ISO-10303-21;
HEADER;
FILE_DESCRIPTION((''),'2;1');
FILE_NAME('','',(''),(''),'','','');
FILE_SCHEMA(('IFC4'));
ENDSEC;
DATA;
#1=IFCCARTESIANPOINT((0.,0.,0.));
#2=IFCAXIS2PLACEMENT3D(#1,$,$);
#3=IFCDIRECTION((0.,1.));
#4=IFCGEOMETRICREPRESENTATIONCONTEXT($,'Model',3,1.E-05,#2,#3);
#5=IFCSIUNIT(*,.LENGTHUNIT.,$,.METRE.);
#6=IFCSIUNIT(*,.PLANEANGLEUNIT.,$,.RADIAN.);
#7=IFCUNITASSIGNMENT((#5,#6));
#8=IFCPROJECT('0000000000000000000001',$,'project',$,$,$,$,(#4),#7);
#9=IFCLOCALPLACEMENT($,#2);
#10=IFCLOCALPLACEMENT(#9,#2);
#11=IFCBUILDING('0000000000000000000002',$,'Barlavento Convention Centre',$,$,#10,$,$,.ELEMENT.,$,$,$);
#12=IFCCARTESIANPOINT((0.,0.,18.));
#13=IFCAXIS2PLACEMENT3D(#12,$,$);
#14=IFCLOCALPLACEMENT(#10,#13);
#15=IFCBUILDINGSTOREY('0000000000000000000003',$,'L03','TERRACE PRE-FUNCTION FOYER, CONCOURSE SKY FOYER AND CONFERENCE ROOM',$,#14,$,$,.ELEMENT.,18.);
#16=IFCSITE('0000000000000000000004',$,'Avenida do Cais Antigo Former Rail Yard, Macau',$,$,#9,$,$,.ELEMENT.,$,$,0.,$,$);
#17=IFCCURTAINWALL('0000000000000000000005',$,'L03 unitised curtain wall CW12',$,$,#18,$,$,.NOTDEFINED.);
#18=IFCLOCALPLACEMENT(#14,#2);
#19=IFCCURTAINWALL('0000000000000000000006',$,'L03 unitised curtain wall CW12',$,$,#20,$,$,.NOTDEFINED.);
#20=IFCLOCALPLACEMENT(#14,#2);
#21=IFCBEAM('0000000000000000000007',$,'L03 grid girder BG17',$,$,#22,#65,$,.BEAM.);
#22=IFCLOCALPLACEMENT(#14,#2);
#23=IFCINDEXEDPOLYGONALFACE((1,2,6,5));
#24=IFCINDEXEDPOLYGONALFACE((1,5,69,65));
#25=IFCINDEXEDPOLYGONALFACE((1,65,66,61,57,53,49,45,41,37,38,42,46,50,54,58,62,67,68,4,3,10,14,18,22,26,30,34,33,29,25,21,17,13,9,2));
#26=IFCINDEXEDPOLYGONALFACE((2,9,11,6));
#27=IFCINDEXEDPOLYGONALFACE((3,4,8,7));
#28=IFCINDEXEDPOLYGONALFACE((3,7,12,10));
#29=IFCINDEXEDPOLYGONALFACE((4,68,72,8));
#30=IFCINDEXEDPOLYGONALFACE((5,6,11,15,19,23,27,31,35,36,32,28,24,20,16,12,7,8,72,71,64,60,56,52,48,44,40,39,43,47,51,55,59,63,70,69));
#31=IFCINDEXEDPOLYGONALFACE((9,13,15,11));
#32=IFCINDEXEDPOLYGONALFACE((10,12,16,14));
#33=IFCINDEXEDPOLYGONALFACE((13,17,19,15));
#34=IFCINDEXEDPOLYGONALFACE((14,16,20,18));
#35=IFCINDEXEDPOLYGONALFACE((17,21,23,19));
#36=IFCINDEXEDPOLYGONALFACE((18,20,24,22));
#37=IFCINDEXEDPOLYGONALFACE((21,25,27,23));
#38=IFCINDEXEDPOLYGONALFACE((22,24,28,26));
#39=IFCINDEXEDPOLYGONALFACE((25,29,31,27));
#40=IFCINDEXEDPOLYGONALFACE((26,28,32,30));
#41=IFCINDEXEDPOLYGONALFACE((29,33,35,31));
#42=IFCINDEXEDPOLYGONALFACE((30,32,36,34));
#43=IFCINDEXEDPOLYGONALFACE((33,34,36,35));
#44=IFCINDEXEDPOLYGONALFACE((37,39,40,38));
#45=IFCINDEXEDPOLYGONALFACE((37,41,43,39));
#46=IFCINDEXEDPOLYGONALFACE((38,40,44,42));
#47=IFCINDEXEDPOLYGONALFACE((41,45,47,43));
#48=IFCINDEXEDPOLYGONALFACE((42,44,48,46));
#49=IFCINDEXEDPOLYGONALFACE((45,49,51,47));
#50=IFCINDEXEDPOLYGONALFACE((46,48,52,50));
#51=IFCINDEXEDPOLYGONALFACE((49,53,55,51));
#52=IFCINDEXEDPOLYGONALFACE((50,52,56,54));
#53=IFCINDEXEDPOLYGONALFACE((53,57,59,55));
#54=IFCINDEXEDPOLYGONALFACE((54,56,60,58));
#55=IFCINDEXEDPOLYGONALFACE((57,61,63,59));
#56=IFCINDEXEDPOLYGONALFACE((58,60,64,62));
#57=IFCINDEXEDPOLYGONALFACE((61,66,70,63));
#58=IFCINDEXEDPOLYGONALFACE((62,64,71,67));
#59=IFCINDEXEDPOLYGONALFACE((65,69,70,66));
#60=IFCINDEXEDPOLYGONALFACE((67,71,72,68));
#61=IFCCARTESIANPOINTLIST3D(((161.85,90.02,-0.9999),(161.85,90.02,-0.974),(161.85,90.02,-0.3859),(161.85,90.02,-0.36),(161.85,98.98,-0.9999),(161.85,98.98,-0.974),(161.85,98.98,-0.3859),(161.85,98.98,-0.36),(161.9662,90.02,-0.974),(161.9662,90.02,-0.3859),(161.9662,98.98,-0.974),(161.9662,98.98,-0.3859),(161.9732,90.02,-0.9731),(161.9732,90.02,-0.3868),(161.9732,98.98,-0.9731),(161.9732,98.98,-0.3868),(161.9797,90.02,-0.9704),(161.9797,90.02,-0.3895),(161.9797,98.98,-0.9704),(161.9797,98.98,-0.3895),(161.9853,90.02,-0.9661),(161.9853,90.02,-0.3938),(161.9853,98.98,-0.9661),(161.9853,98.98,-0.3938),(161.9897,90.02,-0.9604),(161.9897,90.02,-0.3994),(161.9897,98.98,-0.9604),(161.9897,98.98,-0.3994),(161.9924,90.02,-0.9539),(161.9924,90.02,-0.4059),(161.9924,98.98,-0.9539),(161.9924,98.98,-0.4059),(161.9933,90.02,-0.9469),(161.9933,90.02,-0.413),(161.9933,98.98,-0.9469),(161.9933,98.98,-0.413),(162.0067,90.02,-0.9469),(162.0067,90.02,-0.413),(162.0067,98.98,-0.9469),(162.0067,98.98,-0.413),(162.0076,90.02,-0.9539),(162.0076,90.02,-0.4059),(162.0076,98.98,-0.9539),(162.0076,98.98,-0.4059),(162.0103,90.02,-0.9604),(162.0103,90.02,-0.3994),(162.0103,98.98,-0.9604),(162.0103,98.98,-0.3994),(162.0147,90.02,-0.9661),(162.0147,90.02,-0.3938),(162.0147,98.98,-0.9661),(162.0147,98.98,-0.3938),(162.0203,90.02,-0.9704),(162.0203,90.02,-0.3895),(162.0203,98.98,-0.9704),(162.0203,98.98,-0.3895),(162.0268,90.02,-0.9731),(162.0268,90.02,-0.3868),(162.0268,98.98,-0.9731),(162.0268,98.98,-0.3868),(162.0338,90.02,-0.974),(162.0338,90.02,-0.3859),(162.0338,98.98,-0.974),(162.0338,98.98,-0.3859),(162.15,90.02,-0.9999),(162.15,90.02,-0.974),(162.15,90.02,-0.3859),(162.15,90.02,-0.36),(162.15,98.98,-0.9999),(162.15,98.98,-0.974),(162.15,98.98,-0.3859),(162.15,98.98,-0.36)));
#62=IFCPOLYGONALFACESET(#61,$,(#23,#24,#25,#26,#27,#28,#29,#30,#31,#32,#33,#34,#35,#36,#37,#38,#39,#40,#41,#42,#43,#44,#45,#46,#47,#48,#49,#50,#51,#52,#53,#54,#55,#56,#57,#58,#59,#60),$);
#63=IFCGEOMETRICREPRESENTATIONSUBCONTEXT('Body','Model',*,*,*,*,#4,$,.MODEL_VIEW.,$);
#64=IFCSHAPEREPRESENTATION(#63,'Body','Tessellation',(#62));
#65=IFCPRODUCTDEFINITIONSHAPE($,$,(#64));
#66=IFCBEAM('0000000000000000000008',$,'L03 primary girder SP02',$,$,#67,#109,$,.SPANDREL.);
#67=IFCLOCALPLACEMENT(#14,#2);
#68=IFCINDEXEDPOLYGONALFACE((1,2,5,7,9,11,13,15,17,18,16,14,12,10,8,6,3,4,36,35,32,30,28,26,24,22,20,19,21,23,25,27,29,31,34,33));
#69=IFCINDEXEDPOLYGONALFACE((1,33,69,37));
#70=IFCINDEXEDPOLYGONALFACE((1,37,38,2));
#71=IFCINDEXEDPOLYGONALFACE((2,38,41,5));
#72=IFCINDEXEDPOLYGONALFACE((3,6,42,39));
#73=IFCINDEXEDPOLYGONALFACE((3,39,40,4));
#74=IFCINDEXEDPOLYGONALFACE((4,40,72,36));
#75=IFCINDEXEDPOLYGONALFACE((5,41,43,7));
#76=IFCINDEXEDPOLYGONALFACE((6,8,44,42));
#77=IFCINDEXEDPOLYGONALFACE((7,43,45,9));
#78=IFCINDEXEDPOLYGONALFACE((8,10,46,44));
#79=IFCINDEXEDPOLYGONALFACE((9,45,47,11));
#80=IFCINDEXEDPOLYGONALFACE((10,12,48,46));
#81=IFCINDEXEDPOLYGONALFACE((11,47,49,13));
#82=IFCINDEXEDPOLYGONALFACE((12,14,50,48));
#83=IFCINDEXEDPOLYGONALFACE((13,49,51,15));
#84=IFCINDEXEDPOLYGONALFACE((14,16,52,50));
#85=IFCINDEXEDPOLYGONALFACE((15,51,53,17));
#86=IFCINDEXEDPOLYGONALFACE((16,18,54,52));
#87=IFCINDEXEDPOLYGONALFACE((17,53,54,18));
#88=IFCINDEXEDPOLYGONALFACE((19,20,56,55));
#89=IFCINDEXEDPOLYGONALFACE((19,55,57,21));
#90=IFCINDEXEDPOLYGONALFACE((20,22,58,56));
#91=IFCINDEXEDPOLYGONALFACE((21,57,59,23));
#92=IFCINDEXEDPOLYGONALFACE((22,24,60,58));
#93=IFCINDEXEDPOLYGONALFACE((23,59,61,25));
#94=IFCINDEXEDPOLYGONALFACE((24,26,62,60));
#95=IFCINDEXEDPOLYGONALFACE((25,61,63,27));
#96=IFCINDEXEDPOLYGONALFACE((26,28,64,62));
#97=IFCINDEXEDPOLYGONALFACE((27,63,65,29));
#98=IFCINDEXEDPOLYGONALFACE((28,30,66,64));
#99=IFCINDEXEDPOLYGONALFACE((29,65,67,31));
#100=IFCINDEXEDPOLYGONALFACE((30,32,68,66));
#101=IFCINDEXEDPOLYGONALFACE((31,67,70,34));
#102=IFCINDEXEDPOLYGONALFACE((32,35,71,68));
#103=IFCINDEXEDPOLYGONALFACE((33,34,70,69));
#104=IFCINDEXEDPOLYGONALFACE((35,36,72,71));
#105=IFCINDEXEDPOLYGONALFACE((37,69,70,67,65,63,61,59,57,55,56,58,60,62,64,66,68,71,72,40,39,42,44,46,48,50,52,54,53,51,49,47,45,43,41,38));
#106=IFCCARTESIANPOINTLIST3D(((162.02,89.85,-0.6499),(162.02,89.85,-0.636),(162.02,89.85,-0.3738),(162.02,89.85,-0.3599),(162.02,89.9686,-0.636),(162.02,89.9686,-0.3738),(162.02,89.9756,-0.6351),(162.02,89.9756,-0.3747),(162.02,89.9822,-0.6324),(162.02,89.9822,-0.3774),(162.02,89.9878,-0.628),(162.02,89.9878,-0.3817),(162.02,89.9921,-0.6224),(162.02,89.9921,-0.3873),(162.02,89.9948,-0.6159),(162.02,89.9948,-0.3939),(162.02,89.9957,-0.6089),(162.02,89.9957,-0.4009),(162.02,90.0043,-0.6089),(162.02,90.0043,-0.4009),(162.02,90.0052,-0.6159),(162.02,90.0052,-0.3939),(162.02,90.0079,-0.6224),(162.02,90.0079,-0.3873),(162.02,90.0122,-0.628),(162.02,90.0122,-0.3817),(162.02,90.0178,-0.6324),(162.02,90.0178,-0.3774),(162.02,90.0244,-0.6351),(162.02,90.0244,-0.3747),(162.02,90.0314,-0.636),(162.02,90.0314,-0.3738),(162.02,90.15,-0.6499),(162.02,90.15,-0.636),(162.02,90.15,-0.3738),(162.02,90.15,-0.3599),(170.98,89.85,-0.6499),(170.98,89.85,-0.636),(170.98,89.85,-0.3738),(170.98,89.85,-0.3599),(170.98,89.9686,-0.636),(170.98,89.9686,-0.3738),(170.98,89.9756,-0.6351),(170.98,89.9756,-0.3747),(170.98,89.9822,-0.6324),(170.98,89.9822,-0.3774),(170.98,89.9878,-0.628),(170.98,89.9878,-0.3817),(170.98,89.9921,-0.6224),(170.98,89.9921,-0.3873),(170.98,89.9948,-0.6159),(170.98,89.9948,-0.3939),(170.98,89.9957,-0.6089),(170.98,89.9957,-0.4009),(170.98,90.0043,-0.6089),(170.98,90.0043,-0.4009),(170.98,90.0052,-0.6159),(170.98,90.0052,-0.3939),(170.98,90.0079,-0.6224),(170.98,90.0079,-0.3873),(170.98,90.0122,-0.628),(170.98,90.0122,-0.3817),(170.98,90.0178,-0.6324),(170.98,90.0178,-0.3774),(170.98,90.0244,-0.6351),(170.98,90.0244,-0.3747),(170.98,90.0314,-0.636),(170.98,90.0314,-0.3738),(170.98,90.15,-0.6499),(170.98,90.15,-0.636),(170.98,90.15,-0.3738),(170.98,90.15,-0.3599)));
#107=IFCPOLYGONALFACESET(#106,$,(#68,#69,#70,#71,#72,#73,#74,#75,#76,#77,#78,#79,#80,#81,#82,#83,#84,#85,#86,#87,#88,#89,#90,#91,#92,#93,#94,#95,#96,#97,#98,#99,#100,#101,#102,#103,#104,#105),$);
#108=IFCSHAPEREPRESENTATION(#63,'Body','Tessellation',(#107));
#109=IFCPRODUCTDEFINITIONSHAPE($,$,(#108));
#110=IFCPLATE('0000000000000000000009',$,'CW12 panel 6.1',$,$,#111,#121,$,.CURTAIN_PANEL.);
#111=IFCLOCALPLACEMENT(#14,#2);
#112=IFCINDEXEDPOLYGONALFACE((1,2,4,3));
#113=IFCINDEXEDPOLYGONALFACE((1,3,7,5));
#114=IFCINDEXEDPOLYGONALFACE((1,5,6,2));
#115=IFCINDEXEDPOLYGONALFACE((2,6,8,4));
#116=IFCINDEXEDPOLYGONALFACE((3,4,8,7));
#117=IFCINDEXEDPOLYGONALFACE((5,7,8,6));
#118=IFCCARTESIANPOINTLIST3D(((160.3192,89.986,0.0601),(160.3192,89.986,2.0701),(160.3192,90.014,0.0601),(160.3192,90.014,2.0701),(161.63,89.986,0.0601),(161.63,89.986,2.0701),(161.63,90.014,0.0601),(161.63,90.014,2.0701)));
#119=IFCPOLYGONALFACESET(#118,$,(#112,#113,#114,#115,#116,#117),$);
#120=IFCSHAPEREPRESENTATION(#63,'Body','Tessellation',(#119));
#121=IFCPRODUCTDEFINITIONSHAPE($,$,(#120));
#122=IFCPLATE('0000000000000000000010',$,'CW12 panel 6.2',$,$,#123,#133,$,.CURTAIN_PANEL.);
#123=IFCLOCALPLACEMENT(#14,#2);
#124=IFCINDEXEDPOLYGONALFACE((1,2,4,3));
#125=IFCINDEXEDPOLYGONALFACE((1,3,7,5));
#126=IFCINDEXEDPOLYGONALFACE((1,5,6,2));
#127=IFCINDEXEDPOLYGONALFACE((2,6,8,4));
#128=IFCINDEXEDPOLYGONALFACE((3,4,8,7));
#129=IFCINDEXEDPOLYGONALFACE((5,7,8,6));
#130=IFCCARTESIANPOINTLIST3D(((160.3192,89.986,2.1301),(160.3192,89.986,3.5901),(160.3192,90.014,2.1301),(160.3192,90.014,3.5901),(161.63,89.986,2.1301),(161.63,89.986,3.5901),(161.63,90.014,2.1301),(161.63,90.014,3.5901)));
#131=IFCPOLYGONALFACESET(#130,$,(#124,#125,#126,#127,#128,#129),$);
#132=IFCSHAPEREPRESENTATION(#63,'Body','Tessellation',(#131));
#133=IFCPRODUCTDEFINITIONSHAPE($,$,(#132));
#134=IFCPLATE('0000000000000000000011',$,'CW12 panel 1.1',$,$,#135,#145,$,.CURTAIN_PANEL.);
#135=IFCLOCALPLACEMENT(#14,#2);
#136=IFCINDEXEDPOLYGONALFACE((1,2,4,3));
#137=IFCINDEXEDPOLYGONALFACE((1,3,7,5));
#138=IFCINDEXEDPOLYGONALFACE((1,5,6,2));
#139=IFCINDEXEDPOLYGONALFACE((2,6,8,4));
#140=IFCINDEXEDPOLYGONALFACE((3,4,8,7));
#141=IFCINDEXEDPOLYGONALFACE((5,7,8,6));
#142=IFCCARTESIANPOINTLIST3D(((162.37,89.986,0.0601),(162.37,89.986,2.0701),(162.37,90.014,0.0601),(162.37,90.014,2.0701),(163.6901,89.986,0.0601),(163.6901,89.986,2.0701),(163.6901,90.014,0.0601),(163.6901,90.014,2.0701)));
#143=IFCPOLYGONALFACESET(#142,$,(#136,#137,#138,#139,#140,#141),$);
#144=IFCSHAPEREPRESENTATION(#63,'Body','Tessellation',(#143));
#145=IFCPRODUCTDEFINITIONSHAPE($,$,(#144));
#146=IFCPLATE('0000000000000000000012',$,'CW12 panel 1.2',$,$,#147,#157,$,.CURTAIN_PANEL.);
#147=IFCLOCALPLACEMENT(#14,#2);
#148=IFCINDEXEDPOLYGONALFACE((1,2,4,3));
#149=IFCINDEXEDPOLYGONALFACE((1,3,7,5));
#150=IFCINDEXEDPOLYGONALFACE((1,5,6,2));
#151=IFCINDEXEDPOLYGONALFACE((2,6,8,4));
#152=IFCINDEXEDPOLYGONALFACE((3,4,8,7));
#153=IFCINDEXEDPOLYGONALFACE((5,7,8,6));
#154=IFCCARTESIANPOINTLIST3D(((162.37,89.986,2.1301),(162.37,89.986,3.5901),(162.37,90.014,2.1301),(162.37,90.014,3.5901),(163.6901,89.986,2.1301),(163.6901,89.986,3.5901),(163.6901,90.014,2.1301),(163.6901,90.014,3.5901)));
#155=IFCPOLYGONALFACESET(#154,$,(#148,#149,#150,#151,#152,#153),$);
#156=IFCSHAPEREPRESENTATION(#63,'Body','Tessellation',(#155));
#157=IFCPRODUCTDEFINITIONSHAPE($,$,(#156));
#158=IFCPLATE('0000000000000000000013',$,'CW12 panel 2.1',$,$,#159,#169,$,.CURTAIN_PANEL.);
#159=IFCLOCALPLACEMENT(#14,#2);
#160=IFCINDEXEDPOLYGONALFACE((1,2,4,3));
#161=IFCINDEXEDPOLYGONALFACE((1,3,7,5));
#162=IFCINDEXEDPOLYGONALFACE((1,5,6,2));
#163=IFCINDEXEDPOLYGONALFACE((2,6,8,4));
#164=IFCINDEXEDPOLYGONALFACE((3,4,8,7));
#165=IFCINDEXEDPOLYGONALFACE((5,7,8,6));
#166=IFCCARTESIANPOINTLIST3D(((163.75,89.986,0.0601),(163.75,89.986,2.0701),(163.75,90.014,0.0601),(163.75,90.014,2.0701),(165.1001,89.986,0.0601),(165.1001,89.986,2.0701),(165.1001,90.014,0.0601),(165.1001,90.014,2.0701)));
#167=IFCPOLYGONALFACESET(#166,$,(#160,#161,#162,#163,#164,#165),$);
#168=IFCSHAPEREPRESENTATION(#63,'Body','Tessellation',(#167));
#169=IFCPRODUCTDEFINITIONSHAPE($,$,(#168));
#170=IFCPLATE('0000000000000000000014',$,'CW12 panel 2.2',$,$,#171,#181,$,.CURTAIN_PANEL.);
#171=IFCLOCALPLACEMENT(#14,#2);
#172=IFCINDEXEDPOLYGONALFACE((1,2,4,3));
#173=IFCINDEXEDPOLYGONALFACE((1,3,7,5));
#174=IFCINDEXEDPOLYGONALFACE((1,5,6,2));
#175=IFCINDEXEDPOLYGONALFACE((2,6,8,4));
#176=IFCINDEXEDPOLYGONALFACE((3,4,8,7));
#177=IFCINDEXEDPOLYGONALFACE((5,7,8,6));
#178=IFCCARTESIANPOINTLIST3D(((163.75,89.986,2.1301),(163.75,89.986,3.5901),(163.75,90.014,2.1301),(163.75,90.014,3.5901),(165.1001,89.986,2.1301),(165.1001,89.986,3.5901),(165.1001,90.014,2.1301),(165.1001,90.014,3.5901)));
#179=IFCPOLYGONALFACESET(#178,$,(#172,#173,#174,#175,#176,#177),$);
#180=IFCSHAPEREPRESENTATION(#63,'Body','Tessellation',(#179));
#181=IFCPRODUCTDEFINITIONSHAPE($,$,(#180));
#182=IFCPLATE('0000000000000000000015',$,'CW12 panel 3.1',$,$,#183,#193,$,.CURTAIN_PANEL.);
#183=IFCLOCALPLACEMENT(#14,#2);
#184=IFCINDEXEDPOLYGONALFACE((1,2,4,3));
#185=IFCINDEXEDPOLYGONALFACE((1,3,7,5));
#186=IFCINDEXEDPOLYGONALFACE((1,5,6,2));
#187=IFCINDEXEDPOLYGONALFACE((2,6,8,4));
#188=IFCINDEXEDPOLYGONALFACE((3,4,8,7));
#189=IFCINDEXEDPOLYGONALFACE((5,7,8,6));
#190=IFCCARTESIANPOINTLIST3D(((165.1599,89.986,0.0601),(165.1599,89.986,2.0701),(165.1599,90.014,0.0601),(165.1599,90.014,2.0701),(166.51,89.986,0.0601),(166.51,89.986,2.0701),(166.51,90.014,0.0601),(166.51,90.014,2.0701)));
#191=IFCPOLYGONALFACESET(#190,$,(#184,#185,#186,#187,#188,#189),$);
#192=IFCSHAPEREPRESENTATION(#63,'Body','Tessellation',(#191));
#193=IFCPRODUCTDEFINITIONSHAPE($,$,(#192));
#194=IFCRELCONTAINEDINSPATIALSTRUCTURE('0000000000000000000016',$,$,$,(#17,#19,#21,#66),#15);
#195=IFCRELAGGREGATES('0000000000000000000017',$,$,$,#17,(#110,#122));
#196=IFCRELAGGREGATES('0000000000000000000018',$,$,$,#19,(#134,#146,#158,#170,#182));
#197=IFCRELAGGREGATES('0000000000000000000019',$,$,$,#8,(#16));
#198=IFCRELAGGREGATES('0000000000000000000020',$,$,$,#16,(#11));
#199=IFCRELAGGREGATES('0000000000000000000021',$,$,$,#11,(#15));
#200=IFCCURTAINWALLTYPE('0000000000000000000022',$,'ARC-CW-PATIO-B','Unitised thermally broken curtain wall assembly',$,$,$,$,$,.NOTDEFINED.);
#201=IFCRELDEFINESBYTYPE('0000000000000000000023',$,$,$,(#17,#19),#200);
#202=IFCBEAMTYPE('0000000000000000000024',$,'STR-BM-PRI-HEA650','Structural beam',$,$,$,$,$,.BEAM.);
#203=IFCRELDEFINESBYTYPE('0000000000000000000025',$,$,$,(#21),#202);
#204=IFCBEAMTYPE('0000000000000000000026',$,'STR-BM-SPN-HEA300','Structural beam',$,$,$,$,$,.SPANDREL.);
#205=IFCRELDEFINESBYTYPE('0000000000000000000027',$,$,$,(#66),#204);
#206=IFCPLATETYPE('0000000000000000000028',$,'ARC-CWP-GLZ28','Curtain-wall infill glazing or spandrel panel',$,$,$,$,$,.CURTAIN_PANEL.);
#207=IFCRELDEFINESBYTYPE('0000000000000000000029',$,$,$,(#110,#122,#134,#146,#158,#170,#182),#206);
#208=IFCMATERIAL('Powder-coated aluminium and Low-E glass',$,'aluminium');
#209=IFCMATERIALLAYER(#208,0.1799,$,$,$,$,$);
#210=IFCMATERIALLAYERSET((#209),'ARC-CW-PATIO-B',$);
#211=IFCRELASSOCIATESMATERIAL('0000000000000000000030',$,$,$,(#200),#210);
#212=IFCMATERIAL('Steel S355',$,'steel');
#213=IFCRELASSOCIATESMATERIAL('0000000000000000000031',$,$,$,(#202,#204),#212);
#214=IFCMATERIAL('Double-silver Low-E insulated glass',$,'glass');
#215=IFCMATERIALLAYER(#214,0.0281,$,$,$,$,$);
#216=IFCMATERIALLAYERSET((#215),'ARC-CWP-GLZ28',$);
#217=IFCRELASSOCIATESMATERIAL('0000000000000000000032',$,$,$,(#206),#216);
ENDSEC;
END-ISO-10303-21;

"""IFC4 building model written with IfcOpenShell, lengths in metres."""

from ifc_helpers import new_model, si_unit, direction, frame, origin, origin_2d, place, context, subcontext, project, spatial, rectangle, i_section, extrude, material, layer, layer_set, material_profile, profile_set, type_object, element, aggregate, save


model = new_model("IFC4")

# Units and contexts
model_context = context("Model", 3, precision=1e-05, world=origin(), true_north=direction((0.0, 1.0)))
body_context = subcontext(model_context, "Body", "Model", "MODEL_VIEW")
ifc_project = project(units=[si_unit("LENGTHUNIT", "METRE"), si_unit("PLANEANGLEUNIT", "RADIAN")], contexts=[model_context])

# Site, building, storey
site_placement = place(None, origin())
site = spatial("IfcSite", under=ifc_project, at=site_placement, Name="Avenida do Cais Antigo Former Rail Yard, Macau", CompositionType="ELEMENT", RefElevation=0.0)
building_placement = place(site_placement, origin())
building = spatial("IfcBuilding", under=site, at=building_placement, Name="Barlavento Convention Centre", CompositionType="ELEMENT")
storey_placement = place(building_placement, frame((0.0, 0.0, 18.0)))
storey = spatial("IfcBuildingStorey", under=building, at=storey_placement, Name="L03", Description="TERRACE PRE-FUNCTION FOYER, CONCOURSE SKY FOYER AND CONFERENCE ROOM", CompositionType="ELEMENT", Elevation=18.0)

# Shared definitions
ifc_material_1 = material(Name="Steel S355", Category="steel")

# Curtain wall
ifc_material_2 = material(Name="Powder-coated aluminium and Low-E glass", Category="aluminium")
ifc_layer_1 = layer(ifc_material_2, 0.1799)
ifc_layer_set_1 = layer_set([ifc_layer_1], Name="ARC-CW-PATIO-B")
curtain_wall_type = type_object("IfcCurtainWallType", Name="ARC-CW-PATIO-B", Description="Unitised thermally broken curtain wall assembly", PredefinedType="NOTDEFINED", material=ifc_layer_set_1)
curtain_wall_1_placement = place(storey_placement, origin())
curtain_wall_1 = element("IfcCurtainWall", 1, at=curtain_wall_1_placement, inside=storey, type_object=curtain_wall_type, Name="L03 unitised curtain wall CW12", PredefinedType="NOTDEFINED")

# Curtain wall
curtain_wall_2_placement = place(storey_placement, origin())
curtain_wall_2 = element("IfcCurtainWall", 2, at=curtain_wall_2_placement, inside=storey, type_object=curtain_wall_type, Name="L03 unitised curtain wall CW12", PredefinedType="NOTDEFINED")

# Beams
ifc_material_profile_1 = material_profile(ifc_material_1, i_section(OverallWidth=0.3, OverallDepth=0.6399, WebThickness=0.0134, FlangeThickness=0.0259, FilletRadius=0.0271, at=origin_2d()), Name="HEA 650")
ifc_profile_set_1 = profile_set([ifc_material_profile_1], Name="Steel S355")
beam_type_1 = type_object("IfcBeamType", Name="STR-BM-PRI-HEA650", Description="Structural beam", PredefinedType="BEAM", material=ifc_profile_set_1)
beam_1_placement = place(storey_placement, frame((162.0, 90.02, -0.6799), z_axis=(0.0, 1.0, 0.0), x_axis=(-1.0, 0.0, 0.0)))
element("IfcBeam", 3, at=beam_1_placement, inside=storey, type_object=beam_type_1, Name="L03 grid girder BG17", PredefinedType="BEAM", context=body_context, shape_type="SweptSolid", body=[
    extrude(i_section(OverallWidth=0.3, OverallDepth=0.6399, WebThickness=0.0134, FlangeThickness=0.0259, FilletRadius=0.0271, at=origin_2d()), origin(), (0.0, 0.0, 1.0), 8.96),
])
ifc_material_profile_2 = material_profile(ifc_material_1, i_section(OverallWidth=0.3, OverallDepth=0.29, WebThickness=0.0085, FlangeThickness=0.0139, FilletRadius=0.0271, at=origin_2d()), Name="HEA 300")
ifc_profile_set_2 = profile_set([ifc_material_profile_2], Name="Steel S355")
beam_type_2 = type_object("IfcBeamType", Name="STR-BM-SPN-HEA300", Description="Structural beam", PredefinedType="SPANDREL", material=ifc_profile_set_2)
beam_2_placement = place(storey_placement, frame((162.02, 90.0, -0.5049), z_axis=(1.0, 0.0, 0.0), x_axis=(0.0, 1.0, 0.0)))
element("IfcBeam", 4, at=beam_2_placement, inside=storey, type_object=beam_type_2, Name="L03 primary girder SP02", PredefinedType="SPANDREL", context=body_context, shape_type="SweptSolid", body=[
    extrude(i_section(OverallWidth=0.3, OverallDepth=0.29, WebThickness=0.0085, FlangeThickness=0.0139, FilletRadius=0.0271, at=origin_2d()), origin(), (0.0, 0.0, 1.0), 8.96),
])

# Plates
ifc_material_3 = material(Name="Double-silver Low-E insulated glass", Category="glass")
ifc_layer_2 = layer(ifc_material_3, 0.0281)
ifc_layer_set_2 = layer_set([ifc_layer_2], Name="ARC-CWP-GLZ28")
plate_type = type_object("IfcPlateType", Name="ARC-CWP-GLZ28", Description="Curtain-wall infill glazing or spandrel panel", PredefinedType="CURTAIN_PANEL", material=ifc_layer_set_2)
plate_1_placement = place(storey_placement, frame((160.9746, 90.0, 0.0601), z_axis=(0.0, 0.0, 1.0), x_axis=(1.0, 0.0, 0.0)))
plate_1 = element("IfcPlate", 5, at=plate_1_placement, type_object=plate_type, Name="CW12 panel 6.1", PredefinedType="CURTAIN_PANEL", context=body_context, shape_type="SweptSolid", body=[
    extrude(rectangle(XDim=1.3108, YDim=0.0281, at=origin_2d()), origin(), (0.0, 0.0, 1.0), 2.01),
])
plate_2_placement = place(storey_placement, frame((160.9746, 90.0, 2.1301), z_axis=(0.0, 0.0, 1.0), x_axis=(1.0, 0.0, 0.0)))
plate_2 = element("IfcPlate", 6, at=plate_2_placement, type_object=plate_type, Name="CW12 panel 6.2", PredefinedType="CURTAIN_PANEL", context=body_context, shape_type="SweptSolid", body=[
    extrude(rectangle(XDim=1.3108, YDim=0.0281, at=origin_2d()), origin(), (0.0, 0.0, 1.0), 1.46),
])
aggregate(curtain_wall_1, [plate_1, plate_2])
plate_3_placement = place(storey_placement, frame((163.03, 90.0, 0.0601), z_axis=(0.0, 0.0, 1.0), x_axis=(1.0, 0.0, 0.0)))
plate_3 = element("IfcPlate", 7, at=plate_3_placement, type_object=plate_type, Name="CW12 panel 1.1", PredefinedType="CURTAIN_PANEL", context=body_context, shape_type="SweptSolid", body=[
    extrude(rectangle(XDim=1.3201, YDim=0.0281, at=origin_2d()), origin(), (0.0, 0.0, 1.0), 2.01),
])
plate_4_placement = place(storey_placement, frame((163.03, 90.0, 2.1301), z_axis=(0.0, 0.0, 1.0), x_axis=(1.0, 0.0, 0.0)))
plate_4 = element("IfcPlate", 8, at=plate_4_placement, type_object=plate_type, Name="CW12 panel 1.2", PredefinedType="CURTAIN_PANEL", context=body_context, shape_type="SweptSolid", body=[
    extrude(rectangle(XDim=1.3201, YDim=0.0281, at=origin_2d()), origin(), (0.0, 0.0, 1.0), 1.46),
])
plate_5_placement = place(storey_placement, frame((164.425, 90.0, 0.0601), z_axis=(0.0, 0.0, 1.0), x_axis=(1.0, 0.0, 0.0)))
plate_5 = element("IfcPlate", 9, at=plate_5_placement, type_object=plate_type, Name="CW12 panel 2.1", PredefinedType="CURTAIN_PANEL", context=body_context, shape_type="SweptSolid", body=[
    extrude(rectangle(XDim=1.3501, YDim=0.0281, at=origin_2d()), origin(), (0.0, 0.0, 1.0), 2.01),
])
plate_6_placement = place(storey_placement, frame((164.425, 90.0, 2.1301), z_axis=(0.0, 0.0, 1.0), x_axis=(1.0, 0.0, 0.0)))
plate_6 = element("IfcPlate", 10, at=plate_6_placement, type_object=plate_type, Name="CW12 panel 2.2", PredefinedType="CURTAIN_PANEL", context=body_context, shape_type="SweptSolid", body=[
    extrude(rectangle(XDim=1.3501, YDim=0.0281, at=origin_2d()), origin(), (0.0, 0.0, 1.0), 1.46),
])
plate_7_placement = place(storey_placement, frame((165.835, 90.0, 0.0601), z_axis=(0.0, 0.0, 1.0), x_axis=(1.0, 0.0, 0.0)))
plate_7 = element("IfcPlate", 11, at=plate_7_placement, type_object=plate_type, Name="CW12 panel 3.1", PredefinedType="CURTAIN_PANEL", context=body_context, shape_type="SweptSolid", body=[
    extrude(rectangle(XDim=1.3501, YDim=0.0281, at=origin_2d()), origin(), (0.0, 0.0, 1.0), 2.01),
])
aggregate(curtain_wall_2, [plate_3, plate_4, plate_5, plate_6, plate_7])

save(model, "model.ifc")
